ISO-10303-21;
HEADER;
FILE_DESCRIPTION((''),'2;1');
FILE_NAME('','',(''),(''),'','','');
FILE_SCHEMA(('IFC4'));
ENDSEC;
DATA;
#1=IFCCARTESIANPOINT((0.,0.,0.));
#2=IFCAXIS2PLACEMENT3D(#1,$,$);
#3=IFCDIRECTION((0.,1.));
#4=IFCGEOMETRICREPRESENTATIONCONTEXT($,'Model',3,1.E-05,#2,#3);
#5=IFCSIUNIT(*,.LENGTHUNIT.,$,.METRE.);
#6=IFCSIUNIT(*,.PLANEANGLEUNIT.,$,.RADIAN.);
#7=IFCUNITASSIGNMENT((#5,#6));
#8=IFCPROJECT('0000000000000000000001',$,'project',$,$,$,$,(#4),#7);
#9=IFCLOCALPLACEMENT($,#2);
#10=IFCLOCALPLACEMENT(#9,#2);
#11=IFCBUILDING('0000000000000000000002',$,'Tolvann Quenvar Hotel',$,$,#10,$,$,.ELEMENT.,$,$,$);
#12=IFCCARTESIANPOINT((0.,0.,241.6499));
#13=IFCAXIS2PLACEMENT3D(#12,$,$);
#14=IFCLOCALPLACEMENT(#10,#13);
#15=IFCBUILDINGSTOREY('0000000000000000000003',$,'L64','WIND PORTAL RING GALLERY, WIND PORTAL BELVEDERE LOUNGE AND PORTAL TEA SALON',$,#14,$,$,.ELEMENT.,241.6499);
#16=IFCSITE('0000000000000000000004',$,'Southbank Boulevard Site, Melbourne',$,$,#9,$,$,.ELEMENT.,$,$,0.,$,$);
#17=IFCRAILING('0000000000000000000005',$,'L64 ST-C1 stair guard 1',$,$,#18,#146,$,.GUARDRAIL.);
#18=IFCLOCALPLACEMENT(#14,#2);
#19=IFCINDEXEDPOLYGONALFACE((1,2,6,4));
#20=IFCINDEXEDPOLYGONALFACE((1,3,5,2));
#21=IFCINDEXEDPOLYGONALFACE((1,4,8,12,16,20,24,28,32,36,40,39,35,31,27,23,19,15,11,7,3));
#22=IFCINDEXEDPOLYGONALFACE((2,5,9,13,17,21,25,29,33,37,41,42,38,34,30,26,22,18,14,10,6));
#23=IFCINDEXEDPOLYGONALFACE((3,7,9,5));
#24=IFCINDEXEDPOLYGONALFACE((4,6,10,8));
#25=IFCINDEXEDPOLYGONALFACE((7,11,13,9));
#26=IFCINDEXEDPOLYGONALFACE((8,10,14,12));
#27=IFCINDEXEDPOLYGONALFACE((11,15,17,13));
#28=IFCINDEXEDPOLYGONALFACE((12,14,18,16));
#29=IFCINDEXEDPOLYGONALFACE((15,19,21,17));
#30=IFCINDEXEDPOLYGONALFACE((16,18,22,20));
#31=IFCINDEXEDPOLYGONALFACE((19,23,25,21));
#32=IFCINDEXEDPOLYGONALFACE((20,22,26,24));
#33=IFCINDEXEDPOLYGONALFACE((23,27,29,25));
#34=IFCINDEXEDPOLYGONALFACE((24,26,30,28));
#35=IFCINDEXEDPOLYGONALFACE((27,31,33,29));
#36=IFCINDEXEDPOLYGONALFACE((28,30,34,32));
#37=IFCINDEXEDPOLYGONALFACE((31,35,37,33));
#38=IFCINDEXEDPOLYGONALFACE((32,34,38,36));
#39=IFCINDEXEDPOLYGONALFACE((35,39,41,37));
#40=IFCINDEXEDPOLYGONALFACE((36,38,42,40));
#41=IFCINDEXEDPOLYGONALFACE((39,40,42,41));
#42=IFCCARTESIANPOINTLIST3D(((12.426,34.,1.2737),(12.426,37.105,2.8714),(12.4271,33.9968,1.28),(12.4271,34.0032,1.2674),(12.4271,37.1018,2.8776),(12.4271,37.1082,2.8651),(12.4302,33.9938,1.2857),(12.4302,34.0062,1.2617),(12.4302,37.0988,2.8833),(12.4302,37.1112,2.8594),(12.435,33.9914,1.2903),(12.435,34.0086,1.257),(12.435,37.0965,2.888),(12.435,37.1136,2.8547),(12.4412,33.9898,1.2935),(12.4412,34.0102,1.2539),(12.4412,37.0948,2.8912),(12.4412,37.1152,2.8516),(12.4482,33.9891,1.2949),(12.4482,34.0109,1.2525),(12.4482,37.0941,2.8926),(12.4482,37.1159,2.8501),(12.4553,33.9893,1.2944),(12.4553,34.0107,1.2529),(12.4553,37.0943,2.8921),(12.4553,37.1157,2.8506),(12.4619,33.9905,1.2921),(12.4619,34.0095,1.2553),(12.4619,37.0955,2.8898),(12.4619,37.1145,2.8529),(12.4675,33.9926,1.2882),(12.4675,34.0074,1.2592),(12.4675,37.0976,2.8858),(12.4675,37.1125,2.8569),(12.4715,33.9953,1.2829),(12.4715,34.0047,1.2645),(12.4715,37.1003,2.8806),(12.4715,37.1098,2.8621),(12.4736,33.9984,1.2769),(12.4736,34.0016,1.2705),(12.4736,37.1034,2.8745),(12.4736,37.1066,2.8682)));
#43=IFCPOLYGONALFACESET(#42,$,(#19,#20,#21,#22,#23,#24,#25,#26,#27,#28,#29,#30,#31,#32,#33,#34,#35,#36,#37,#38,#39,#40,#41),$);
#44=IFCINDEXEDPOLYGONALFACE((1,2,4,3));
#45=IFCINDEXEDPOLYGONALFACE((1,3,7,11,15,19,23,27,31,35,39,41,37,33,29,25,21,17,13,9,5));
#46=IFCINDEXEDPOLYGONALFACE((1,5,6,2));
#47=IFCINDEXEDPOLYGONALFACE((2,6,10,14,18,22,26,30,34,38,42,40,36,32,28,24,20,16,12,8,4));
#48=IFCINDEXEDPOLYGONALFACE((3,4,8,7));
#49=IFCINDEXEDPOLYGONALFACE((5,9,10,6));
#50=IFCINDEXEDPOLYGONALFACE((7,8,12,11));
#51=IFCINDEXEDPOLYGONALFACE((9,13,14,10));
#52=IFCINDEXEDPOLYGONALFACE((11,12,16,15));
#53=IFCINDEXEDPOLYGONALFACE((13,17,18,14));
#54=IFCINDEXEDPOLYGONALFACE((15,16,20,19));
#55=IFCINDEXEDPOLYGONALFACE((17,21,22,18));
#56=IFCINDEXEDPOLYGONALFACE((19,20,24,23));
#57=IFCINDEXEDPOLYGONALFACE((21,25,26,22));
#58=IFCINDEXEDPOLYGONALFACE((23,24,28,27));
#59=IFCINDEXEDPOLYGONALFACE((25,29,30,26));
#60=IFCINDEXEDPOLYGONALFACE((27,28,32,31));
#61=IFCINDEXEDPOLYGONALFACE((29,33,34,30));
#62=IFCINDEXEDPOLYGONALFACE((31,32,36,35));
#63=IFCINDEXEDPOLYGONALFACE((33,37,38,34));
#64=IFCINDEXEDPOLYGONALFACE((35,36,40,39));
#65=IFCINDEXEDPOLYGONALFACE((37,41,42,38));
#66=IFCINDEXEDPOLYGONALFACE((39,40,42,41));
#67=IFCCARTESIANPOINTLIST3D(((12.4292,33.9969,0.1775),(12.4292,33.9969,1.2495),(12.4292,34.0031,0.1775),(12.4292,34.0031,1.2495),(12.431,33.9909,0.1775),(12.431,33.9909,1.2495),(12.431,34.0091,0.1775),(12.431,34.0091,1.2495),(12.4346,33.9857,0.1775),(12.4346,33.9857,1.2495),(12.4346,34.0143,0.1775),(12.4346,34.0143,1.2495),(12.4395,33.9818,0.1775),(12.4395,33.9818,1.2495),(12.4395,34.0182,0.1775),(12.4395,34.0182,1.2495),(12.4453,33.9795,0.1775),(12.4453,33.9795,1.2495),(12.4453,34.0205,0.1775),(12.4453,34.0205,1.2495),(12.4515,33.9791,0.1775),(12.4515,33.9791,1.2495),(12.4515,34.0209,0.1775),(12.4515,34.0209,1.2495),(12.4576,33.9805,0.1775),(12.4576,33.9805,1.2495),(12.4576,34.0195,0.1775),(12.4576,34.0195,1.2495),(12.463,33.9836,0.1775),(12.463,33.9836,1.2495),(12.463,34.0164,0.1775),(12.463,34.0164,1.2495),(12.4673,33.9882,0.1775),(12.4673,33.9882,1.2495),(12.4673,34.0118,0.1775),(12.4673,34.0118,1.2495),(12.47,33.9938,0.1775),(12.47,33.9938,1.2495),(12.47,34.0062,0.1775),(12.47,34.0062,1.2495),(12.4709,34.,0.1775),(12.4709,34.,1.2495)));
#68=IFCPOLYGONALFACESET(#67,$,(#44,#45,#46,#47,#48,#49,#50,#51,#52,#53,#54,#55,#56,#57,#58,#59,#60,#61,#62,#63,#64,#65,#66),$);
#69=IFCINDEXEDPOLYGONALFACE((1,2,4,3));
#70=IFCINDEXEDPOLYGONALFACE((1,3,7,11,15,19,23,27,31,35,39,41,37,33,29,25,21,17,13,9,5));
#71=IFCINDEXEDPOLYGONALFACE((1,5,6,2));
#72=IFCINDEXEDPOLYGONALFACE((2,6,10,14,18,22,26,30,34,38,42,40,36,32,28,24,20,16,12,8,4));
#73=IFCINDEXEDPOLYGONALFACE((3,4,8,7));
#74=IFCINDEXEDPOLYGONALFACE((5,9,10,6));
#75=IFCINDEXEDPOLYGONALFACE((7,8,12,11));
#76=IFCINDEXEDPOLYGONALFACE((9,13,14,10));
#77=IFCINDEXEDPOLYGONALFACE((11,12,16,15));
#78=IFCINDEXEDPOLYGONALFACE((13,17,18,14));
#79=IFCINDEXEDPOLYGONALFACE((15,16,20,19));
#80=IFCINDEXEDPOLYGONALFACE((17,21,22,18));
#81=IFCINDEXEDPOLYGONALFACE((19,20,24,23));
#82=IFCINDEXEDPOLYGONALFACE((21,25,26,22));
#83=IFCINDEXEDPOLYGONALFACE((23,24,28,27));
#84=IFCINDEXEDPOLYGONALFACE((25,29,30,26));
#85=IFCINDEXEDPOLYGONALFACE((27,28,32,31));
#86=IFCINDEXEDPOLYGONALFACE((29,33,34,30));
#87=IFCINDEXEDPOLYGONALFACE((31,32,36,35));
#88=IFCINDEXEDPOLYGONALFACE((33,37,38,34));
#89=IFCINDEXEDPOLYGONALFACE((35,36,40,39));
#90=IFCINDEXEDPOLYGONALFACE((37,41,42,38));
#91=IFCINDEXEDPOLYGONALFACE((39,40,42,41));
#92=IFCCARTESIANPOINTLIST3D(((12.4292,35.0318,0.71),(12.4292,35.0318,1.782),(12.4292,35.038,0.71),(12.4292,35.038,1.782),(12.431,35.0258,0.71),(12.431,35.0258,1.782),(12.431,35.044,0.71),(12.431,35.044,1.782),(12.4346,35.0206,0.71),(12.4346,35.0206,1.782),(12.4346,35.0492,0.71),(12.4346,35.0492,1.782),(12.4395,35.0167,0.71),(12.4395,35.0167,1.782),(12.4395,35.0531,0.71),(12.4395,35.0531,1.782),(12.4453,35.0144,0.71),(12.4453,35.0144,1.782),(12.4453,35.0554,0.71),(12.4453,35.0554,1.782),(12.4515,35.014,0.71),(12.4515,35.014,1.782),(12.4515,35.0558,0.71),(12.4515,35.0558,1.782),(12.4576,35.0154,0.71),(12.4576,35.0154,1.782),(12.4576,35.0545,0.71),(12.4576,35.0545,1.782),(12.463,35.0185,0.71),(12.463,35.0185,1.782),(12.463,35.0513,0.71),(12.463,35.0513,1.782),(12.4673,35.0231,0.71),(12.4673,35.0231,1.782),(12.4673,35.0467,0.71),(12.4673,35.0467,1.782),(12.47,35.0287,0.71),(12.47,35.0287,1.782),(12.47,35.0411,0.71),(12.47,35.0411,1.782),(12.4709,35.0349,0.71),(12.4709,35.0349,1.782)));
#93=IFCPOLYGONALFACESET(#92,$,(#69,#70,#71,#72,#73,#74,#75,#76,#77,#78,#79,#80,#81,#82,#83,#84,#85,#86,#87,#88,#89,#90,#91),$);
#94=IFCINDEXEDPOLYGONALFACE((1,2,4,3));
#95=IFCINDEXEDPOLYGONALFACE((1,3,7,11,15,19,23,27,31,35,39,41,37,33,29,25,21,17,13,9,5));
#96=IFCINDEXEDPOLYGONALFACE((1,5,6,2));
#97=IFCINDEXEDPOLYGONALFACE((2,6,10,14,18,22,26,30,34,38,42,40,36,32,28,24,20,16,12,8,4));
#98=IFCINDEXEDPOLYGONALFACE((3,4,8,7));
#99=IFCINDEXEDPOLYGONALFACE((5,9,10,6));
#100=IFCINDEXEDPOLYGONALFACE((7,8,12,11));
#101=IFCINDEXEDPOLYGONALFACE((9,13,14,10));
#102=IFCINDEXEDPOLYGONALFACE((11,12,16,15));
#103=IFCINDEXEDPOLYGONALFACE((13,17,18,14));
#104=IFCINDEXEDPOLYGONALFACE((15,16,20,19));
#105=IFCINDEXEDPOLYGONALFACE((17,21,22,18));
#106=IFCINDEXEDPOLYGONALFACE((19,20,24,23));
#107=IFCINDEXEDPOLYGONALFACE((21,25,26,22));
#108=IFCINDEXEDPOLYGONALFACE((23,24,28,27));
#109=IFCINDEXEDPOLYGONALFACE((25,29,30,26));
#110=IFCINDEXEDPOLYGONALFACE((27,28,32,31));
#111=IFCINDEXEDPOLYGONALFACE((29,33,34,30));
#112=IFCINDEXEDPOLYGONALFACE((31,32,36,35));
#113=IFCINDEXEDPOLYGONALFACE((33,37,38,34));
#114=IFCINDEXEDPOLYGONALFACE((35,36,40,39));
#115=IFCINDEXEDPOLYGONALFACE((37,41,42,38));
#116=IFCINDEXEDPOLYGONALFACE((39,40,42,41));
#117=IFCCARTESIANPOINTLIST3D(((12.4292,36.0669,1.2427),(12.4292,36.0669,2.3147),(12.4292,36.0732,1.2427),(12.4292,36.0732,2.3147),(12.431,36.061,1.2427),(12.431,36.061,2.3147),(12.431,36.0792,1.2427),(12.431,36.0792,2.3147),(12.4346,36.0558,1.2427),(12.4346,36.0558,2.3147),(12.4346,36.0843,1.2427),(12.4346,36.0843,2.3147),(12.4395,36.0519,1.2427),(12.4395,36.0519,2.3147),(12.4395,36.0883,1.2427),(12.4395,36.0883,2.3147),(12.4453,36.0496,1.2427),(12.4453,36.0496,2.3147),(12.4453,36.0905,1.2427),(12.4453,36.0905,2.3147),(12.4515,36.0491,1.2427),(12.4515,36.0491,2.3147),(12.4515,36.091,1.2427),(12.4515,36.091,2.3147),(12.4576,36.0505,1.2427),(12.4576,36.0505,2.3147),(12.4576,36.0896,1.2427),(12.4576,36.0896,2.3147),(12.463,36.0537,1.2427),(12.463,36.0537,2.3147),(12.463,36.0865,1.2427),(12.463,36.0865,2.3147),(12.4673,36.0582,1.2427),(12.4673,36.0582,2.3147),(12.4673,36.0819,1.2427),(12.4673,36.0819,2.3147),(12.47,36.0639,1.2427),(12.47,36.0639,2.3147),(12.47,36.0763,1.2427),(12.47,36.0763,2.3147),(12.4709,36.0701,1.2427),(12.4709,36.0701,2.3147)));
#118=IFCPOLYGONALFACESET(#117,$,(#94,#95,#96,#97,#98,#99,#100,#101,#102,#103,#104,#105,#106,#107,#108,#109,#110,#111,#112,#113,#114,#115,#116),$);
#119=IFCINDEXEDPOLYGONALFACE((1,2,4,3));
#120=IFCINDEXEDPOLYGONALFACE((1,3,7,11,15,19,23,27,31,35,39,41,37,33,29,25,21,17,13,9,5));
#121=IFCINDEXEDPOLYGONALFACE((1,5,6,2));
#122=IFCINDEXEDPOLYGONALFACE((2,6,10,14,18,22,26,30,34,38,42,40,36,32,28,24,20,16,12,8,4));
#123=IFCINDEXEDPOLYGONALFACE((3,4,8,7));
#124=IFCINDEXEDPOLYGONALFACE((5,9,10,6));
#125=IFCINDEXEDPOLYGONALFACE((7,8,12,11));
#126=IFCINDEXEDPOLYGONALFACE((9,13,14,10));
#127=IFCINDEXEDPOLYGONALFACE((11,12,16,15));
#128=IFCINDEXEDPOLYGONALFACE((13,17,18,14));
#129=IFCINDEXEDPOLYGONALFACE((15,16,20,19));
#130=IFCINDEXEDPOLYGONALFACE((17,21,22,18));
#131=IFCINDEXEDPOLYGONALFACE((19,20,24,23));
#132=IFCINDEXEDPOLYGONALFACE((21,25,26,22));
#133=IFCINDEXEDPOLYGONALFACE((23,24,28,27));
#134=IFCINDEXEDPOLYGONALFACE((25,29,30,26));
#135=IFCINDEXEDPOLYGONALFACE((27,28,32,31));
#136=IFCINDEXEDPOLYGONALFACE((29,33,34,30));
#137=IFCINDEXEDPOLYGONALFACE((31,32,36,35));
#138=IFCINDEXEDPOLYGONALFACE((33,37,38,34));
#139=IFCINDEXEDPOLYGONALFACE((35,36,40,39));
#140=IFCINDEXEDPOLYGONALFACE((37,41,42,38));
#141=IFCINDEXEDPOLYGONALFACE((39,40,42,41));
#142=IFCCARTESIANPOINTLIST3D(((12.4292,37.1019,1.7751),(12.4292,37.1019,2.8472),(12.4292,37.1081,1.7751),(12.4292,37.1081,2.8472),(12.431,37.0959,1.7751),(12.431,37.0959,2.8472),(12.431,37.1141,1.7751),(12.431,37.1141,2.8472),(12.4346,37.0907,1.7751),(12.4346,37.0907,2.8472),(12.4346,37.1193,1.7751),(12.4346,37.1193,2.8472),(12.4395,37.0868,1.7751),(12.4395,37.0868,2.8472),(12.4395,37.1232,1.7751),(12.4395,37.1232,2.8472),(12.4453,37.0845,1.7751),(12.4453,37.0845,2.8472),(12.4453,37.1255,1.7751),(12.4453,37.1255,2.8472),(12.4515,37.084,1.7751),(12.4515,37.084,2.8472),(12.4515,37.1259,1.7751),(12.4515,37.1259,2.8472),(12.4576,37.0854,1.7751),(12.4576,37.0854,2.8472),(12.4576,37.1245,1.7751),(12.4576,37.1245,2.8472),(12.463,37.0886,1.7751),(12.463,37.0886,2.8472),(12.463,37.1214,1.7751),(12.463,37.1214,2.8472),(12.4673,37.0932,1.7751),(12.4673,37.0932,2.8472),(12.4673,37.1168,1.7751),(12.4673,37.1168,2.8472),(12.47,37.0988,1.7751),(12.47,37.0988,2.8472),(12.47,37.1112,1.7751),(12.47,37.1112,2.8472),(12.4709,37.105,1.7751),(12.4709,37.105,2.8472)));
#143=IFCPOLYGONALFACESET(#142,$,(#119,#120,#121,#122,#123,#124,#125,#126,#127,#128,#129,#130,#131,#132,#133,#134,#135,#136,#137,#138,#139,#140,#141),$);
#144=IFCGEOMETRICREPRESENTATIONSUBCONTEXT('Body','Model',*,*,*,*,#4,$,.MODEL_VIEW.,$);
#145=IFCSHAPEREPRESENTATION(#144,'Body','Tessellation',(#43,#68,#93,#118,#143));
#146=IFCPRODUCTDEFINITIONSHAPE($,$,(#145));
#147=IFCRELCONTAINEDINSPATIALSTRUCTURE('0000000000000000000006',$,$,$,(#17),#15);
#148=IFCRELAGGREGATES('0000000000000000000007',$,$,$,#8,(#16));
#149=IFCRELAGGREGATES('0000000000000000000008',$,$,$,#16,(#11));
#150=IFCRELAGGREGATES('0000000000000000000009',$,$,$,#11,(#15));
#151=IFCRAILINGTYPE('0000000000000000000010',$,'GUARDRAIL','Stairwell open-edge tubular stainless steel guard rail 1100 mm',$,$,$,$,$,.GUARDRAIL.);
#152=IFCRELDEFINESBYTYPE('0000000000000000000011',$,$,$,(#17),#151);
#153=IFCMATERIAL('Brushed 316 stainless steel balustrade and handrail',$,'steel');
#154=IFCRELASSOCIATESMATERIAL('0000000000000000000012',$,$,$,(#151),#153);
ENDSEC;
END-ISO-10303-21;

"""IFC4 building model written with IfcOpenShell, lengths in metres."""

from ifc_helpers import new_model, si_unit, direction, frame, origin, origin_2d, place, context, subcontext, project, spatial, circle, extrude, material, type_object, element, save


model = new_model("IFC4")

# Units and contexts
model_context = context("Model", 3, precision=1e-05, world=origin(), true_north=direction((0.0, 1.0)))
body_context = subcontext(model_context, "Body", "Model", "MODEL_VIEW")
ifc_project = project(units=[si_unit("LENGTHUNIT", "METRE"), si_unit("PLANEANGLEUNIT", "RADIAN")], contexts=[model_context])

# Site, building, storey
site_placement = place(None, origin())
site = spatial("IfcSite", under=ifc_project, at=site_placement, Name="Southbank Boulevard Site, Melbourne", CompositionType="ELEMENT", RefElevation=0.0)
building_placement = place(site_placement, origin())
building = spatial("IfcBuilding", under=site, at=building_placement, Name="Tolvann Quenvar Hotel", CompositionType="ELEMENT")
storey_placement = place(building_placement, frame((0.0, 0.0, 241.6499)))
storey = spatial("IfcBuildingStorey", under=building, at=storey_placement, Name="L64", Description="WIND PORTAL RING GALLERY, WIND PORTAL BELVEDERE LOUNGE AND PORTAL TEA SALON", CompositionType="ELEMENT", Elevation=241.6499)

# Railing
ifc_material_1 = material(Name="Brushed 316 stainless steel balustrade and handrail", Category="steel")
railing_type_1 = type_object("IfcRailingType", Name="GUARDRAIL", Description="Stairwell open-edge tubular stainless steel guard rail 1100 mm", PredefinedType="GUARDRAIL", material=ifc_material_1)
railing_1_placement = place(storey_placement, frame((12.45, 34.0, 0.1775)))
element("IfcRailing", 1, at=railing_1_placement, inside=storey, type_object=railing_type_1, Name="L64 ST-C1 stair guard 1", PredefinedType="GUARDRAIL", context=body_context, shape_type="SweptSolid", body=[
    extrude(circle(Radius=0.0239, at=origin_2d()), frame((0.0, 0.0, 1.0962), z_axis=(0.0, 0.889194, 0.457531), x_axis=(-1.0, 0.0, 0.0)), (0.0, 0.0, 1.0), 3.4919),
    extrude(circle(Radius=0.021, at=origin_2d()), origin(), (0.0, 0.0, 1.0), 1.072),
    extrude(circle(Radius=0.021, at=origin_2d()), frame((0.0, 1.0349, 0.5325)), (0.0, 0.0, 1.0), 1.072),
    extrude(circle(Radius=0.021, at=origin_2d()), frame((0.0, 2.0701, 1.0652)), (0.0, 0.0, 1.0), 1.072),
    extrude(circle(Radius=0.021, at=origin_2d()), frame((0.0, 3.105, 1.5977)), (0.0, 0.0, 1.0), 1.072),
])

save(model, "model.ifc")
